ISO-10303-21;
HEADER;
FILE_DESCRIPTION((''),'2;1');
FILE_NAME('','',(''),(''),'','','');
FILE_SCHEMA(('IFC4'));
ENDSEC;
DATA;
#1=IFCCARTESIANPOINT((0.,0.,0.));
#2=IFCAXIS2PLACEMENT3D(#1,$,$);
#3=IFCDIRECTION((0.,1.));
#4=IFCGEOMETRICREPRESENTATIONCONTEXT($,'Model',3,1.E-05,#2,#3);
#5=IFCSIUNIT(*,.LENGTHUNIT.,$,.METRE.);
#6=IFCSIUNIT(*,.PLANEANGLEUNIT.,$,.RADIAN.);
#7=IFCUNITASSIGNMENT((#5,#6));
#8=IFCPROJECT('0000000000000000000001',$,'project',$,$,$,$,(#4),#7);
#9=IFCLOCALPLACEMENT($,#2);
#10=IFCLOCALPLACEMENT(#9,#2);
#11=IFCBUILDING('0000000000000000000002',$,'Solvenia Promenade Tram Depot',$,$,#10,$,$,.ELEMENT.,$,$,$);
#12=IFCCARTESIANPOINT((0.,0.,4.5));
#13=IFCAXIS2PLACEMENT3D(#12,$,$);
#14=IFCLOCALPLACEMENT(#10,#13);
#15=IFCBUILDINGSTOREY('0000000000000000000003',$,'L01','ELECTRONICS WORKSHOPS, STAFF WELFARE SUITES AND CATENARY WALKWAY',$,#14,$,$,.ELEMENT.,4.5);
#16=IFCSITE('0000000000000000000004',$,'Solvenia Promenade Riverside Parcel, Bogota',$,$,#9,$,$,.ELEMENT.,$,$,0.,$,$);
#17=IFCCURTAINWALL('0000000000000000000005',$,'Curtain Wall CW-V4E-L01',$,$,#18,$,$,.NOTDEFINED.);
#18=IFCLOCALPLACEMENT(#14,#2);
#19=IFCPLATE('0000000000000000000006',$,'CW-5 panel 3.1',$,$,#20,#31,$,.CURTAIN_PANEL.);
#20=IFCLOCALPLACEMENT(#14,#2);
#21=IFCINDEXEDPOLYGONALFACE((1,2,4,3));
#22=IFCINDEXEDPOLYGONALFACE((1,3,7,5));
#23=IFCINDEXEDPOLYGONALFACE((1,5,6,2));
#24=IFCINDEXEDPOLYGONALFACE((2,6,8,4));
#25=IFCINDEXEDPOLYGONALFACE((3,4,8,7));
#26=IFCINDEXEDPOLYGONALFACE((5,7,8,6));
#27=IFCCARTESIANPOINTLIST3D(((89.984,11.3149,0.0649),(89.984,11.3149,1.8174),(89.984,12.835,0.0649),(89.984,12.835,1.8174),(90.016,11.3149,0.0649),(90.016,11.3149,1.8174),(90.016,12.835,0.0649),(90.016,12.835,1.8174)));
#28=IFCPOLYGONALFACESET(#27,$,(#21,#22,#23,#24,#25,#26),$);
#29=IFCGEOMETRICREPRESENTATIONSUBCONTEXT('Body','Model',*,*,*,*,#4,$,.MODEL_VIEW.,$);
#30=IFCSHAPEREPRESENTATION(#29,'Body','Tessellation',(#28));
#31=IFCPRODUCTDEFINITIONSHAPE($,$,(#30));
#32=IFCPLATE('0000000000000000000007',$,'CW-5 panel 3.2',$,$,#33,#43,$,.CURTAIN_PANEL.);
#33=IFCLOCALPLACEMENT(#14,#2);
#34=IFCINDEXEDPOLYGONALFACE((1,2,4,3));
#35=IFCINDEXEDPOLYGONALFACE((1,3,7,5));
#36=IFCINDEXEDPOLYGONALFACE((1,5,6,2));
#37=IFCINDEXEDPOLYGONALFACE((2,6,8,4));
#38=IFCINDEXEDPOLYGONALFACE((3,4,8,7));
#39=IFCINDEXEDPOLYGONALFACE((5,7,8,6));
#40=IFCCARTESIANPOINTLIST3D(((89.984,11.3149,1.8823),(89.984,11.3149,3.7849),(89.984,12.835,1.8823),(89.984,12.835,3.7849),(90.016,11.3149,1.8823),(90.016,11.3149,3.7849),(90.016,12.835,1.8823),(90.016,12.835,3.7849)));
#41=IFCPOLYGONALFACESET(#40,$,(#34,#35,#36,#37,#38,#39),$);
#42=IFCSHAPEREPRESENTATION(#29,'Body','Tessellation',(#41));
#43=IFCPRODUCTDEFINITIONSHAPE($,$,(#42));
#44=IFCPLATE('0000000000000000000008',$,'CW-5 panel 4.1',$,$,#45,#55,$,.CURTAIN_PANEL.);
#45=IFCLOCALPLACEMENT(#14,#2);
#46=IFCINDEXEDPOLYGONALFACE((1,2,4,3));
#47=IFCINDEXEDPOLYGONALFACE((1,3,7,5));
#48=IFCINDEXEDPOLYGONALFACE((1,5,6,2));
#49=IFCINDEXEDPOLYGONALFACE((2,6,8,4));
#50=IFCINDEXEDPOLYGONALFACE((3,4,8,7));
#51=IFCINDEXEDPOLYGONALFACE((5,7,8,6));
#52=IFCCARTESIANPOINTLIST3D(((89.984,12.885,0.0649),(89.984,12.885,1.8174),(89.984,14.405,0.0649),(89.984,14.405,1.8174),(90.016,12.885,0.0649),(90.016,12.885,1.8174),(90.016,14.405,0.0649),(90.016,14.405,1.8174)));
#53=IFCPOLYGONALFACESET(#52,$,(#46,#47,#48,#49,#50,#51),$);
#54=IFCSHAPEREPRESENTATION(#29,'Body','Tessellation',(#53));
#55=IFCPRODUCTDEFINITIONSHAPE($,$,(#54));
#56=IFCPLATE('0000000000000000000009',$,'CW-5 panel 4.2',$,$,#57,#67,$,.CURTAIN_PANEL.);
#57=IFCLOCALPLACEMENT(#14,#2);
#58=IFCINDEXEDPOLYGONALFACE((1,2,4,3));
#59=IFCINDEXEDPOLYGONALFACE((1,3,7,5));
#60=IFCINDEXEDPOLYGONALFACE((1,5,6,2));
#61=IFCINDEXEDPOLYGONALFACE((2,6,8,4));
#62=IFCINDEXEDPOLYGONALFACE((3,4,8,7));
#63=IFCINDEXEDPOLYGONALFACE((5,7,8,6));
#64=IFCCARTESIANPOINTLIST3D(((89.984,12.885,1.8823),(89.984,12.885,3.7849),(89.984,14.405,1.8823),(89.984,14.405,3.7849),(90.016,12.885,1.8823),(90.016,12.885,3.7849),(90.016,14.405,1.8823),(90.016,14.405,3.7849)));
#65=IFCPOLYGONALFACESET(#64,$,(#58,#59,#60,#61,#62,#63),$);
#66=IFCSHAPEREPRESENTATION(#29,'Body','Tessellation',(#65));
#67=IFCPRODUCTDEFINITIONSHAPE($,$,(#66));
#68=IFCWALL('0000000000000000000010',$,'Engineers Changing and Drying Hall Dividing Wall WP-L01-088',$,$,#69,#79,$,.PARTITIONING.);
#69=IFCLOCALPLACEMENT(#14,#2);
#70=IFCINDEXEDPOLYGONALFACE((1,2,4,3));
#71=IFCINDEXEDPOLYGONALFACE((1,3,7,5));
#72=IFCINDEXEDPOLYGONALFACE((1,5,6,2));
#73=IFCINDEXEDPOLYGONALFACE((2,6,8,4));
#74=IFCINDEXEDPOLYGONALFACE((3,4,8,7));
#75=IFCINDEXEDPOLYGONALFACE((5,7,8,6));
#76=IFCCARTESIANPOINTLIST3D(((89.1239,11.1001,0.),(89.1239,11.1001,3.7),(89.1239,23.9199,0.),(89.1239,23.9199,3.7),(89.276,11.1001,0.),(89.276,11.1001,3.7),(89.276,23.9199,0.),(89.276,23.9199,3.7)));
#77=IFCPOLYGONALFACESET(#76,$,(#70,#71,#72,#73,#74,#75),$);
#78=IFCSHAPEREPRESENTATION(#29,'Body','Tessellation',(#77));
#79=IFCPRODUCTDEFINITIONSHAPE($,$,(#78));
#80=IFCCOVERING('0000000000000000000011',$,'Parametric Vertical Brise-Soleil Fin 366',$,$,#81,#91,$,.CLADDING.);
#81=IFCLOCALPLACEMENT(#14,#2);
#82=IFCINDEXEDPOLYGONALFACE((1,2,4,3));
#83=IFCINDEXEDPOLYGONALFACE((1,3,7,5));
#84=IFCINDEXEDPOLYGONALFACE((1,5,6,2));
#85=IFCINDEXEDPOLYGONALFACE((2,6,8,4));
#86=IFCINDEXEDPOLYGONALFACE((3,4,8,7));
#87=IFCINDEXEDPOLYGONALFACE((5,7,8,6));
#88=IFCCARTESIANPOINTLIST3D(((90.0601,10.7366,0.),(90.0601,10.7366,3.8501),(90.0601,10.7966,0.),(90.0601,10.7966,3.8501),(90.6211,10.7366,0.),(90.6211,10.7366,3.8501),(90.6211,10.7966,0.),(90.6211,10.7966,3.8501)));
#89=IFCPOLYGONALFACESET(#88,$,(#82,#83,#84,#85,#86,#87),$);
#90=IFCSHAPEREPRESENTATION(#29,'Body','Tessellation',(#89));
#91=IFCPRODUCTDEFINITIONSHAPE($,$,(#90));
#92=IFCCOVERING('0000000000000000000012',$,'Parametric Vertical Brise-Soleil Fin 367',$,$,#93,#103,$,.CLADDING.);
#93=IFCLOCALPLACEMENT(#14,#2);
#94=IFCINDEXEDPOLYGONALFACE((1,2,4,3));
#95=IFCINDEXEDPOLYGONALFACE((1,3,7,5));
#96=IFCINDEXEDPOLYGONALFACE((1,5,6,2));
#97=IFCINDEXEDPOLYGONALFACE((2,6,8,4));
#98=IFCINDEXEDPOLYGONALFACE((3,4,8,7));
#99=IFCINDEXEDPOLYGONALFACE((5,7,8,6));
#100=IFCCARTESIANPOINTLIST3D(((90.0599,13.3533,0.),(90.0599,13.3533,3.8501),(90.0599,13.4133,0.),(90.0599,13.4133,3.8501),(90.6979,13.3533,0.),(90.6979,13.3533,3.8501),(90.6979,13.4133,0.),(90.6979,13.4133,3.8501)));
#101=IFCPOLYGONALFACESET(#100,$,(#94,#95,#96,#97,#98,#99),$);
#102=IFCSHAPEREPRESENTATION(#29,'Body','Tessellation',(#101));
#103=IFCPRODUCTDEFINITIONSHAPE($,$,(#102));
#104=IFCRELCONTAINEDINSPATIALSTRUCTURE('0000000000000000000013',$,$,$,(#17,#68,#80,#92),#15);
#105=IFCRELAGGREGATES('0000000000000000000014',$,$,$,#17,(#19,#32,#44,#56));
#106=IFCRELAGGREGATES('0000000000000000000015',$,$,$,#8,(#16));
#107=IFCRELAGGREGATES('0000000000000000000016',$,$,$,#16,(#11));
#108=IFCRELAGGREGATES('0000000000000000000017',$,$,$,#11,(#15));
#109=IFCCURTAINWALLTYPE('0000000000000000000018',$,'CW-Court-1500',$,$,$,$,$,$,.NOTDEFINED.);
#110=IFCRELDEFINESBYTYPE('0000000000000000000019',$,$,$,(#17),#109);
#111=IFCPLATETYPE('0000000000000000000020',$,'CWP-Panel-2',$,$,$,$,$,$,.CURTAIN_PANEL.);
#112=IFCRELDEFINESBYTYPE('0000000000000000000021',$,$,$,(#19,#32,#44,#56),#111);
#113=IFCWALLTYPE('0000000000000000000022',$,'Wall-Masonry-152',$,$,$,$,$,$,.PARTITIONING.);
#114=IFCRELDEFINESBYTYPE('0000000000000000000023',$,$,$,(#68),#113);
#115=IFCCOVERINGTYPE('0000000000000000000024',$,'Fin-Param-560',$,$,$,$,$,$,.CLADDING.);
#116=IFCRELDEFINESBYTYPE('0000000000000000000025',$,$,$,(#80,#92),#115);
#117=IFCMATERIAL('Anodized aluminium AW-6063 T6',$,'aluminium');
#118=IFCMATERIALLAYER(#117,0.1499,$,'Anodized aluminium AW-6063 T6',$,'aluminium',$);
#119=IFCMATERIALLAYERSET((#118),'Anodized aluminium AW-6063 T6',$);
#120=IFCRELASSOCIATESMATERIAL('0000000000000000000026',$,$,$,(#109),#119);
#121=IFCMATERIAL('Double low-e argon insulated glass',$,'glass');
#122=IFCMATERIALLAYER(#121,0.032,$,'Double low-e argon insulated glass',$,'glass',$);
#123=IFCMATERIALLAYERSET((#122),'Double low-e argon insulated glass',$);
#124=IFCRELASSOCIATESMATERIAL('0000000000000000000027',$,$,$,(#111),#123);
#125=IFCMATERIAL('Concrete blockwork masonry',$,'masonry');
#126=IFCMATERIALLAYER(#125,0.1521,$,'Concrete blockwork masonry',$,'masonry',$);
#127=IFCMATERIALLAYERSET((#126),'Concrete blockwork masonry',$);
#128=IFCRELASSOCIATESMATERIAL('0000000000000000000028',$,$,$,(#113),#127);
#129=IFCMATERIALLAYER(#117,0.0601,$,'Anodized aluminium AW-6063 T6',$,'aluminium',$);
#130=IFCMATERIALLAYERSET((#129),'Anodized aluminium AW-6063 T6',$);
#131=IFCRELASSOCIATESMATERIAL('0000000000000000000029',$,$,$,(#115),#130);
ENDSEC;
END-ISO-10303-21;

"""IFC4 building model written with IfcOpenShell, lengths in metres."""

from ifc_helpers import new_model, si_unit, direction, frame, frame_2d, origin, origin_2d, place, context, subcontext, project, spatial, rectangle, extrude, material, layer, layer_set, type_object, element, aggregate, save


model = new_model("IFC4")

# Units and contexts
model_context = context("Model", 3, precision=1e-05, world=origin(), true_north=direction((0.0, 1.0)))
body_context = subcontext(model_context, "Body", "Model", "MODEL_VIEW")
ifc_project = project(units=[si_unit("LENGTHUNIT", "METRE"), si_unit("PLANEANGLEUNIT", "RADIAN")], contexts=[model_context])

# Site, building, storey
site_placement = place(None, origin())
site = spatial("IfcSite", under=ifc_project, at=site_placement, Name="Solvenia Promenade Riverside Parcel, Bogota", CompositionType="ELEMENT", RefElevation=0.0)
building_placement = place(site_placement, origin())
building = spatial("IfcBuilding", under=site, at=building_placement, Name="Solvenia Promenade Tram Depot", CompositionType="ELEMENT")
storey_placement = place(building_placement, frame((0.0, 0.0, 4.5)))
storey = spatial("IfcBuildingStorey", under=building, at=storey_placement, Name="L01", Description="ELECTRONICS WORKSHOPS, STAFF WELFARE SUITES AND CATENARY WALKWAY", CompositionType="ELEMENT", Elevation=4.5)

# Curtain wall
ifc_material_1 = material(Name="Anodized aluminium AW-6063 T6", Category="aluminium")
ifc_layer_1 = layer(ifc_material_1, 0.1499, Name="Anodized aluminium AW-6063 T6", Category="aluminium")
ifc_layer_set_1 = layer_set([ifc_layer_1], Name="Anodized aluminium AW-6063 T6")
curtain_wall_type = type_object("IfcCurtainWallType", Name="CW-Court-1500", PredefinedType="NOTDEFINED", material=ifc_layer_set_1)
curtain_wall_placement = place(storey_placement, origin())
curtain_wall = element("IfcCurtainWall", 1, at=curtain_wall_placement, inside=storey, type_object=curtain_wall_type, Name="Curtain Wall CW-V4E-L01", PredefinedType="NOTDEFINED")

# Plates
ifc_material_2 = material(Name="Double low-e argon insulated glass", Category="glass")
ifc_layer_2 = layer(ifc_material_2, 0.032, Name="Double low-e argon insulated glass", Category="glass")
ifc_layer_set_2 = layer_set([ifc_layer_2], Name="Double low-e argon insulated glass")
plate_type = type_object("IfcPlateType", Name="CWP-Panel-2", PredefinedType="CURTAIN_PANEL", material=ifc_layer_set_2)
plate_1_placement = place(storey_placement, frame((90.0, 12.075, 0.0649), z_axis=(0.0, 0.0, 1.0), x_axis=(0.0, 1.0, 0.0)))
plate_1 = element("IfcPlate", 2, at=plate_1_placement, type_object=plate_type, Name="CW-5 panel 3.1", PredefinedType="CURTAIN_PANEL", context=body_context, shape_type="SweptSolid", body=[
    extrude(rectangle(XDim=1.52, YDim=0.032, at=origin_2d()), origin(), (0.0, 0.0, 1.0), 1.7524),
])
plate_2_placement = place(storey_placement, frame((90.0, 12.075, 1.8823), z_axis=(0.0, 0.0, 1.0), x_axis=(0.0, 1.0, 0.0)))
plate_2 = element("IfcPlate", 3, at=plate_2_placement, type_object=plate_type, Name="CW-5 panel 3.2", PredefinedType="CURTAIN_PANEL", context=body_context, shape_type="SweptSolid", body=[
    extrude(rectangle(XDim=1.52, YDim=0.032, at=origin_2d()), origin(), (0.0, 0.0, 1.0), 1.9026),
])
plate_3_placement = place(storey_placement, frame((90.0, 13.645, 0.0649), z_axis=(0.0, 0.0, 1.0), x_axis=(0.0, 1.0, 0.0)))
plate_3 = element("IfcPlate", 4, at=plate_3_placement, type_object=plate_type, Name="CW-5 panel 4.1", PredefinedType="CURTAIN_PANEL", context=body_context, shape_type="SweptSolid", body=[
    extrude(rectangle(XDim=1.52, YDim=0.032, at=origin_2d()), origin(), (0.0, 0.0, 1.0), 1.7524),
])
plate_4_placement = place(storey_placement, frame((90.0, 13.645, 1.8823), z_axis=(0.0, 0.0, 1.0), x_axis=(0.0, 1.0, 0.0)))
plate_4 = element("IfcPlate", 5, at=plate_4_placement, type_object=plate_type, Name="CW-5 panel 4.2", PredefinedType="CURTAIN_PANEL", context=body_context, shape_type="SweptSolid", body=[
    extrude(rectangle(XDim=1.52, YDim=0.032, at=origin_2d()), origin(), (0.0, 0.0, 1.0), 1.9026),
])
aggregate(curtain_wall, [plate_1, plate_2, plate_3, plate_4])

# Wall
ifc_material_3 = material(Name="Concrete blockwork masonry", Category="masonry")
ifc_layer_3 = layer(ifc_material_3, 0.1521, Name="Concrete blockwork masonry", Category="masonry")
ifc_layer_set_3 = layer_set([ifc_layer_3], Name="Concrete blockwork masonry")
wall_type = type_object("IfcWallType", Name="Wall-Masonry-152", PredefinedType="PARTITIONING", material=ifc_layer_set_3)
wall_placement = place(storey_placement, frame((89.2, 11.1001, 0.0), z_axis=(0.0, 0.0, 1.0), x_axis=(0.0, 1.0, 0.0)))
element("IfcWall", 6, at=wall_placement, inside=storey, type_object=wall_type, Name="Engineers Changing and Drying Hall Dividing Wall WP-L01-088", PredefinedType="PARTITIONING", context=body_context, shape_type="SweptSolid", body=[
    extrude(rectangle(XDim=12.8198, YDim=0.1521, at=frame_2d((6.4099, 0.0))), origin(), (0.0, 0.0, 1.0), 3.7),
])

# Coverings
ifc_layer_4 = layer(ifc_material_1, 0.0601, Name="Anodized aluminium AW-6063 T6", Category="aluminium")
ifc_layer_set_4 = layer_set([ifc_layer_4], Name="Anodized aluminium AW-6063 T6")
covering_type = type_object("IfcCoveringType", Name="Fin-Param-560", PredefinedType="CLADDING", material=ifc_layer_set_4)
covering_1_placement = place(storey_placement, frame((90.3406, 10.7666, 0.0), z_axis=(0.0, 0.0, 1.0), x_axis=(0.0, 1.0, 0.0)))
element("IfcCovering", 7, at=covering_1_placement, inside=storey, type_object=covering_type, Name="Parametric Vertical Brise-Soleil Fin 366", PredefinedType="CLADDING", context=body_context, shape_type="SweptSolid", body=[
    extrude(rectangle(XDim=0.0601, YDim=0.561, at=origin_2d()), origin(), (0.0, 0.0, 1.0), 3.8501),
])
covering_2_placement = place(storey_placement, frame((90.3789, 13.3833, 0.0), z_axis=(0.0, 0.0, 1.0), x_axis=(0.0, 1.0, 0.0)))
element("IfcCovering", 8, at=covering_2_placement, inside=storey, type_object=covering_type, Name="Parametric Vertical Brise-Soleil Fin 367", PredefinedType="CLADDING", context=body_context, shape_type="SweptSolid", body=[
    extrude(rectangle(XDim=0.0601, YDim=0.6379, at=origin_2d()), origin(), (0.0, 0.0, 1.0), 3.8501),
])

save(model, "model.ifc")
